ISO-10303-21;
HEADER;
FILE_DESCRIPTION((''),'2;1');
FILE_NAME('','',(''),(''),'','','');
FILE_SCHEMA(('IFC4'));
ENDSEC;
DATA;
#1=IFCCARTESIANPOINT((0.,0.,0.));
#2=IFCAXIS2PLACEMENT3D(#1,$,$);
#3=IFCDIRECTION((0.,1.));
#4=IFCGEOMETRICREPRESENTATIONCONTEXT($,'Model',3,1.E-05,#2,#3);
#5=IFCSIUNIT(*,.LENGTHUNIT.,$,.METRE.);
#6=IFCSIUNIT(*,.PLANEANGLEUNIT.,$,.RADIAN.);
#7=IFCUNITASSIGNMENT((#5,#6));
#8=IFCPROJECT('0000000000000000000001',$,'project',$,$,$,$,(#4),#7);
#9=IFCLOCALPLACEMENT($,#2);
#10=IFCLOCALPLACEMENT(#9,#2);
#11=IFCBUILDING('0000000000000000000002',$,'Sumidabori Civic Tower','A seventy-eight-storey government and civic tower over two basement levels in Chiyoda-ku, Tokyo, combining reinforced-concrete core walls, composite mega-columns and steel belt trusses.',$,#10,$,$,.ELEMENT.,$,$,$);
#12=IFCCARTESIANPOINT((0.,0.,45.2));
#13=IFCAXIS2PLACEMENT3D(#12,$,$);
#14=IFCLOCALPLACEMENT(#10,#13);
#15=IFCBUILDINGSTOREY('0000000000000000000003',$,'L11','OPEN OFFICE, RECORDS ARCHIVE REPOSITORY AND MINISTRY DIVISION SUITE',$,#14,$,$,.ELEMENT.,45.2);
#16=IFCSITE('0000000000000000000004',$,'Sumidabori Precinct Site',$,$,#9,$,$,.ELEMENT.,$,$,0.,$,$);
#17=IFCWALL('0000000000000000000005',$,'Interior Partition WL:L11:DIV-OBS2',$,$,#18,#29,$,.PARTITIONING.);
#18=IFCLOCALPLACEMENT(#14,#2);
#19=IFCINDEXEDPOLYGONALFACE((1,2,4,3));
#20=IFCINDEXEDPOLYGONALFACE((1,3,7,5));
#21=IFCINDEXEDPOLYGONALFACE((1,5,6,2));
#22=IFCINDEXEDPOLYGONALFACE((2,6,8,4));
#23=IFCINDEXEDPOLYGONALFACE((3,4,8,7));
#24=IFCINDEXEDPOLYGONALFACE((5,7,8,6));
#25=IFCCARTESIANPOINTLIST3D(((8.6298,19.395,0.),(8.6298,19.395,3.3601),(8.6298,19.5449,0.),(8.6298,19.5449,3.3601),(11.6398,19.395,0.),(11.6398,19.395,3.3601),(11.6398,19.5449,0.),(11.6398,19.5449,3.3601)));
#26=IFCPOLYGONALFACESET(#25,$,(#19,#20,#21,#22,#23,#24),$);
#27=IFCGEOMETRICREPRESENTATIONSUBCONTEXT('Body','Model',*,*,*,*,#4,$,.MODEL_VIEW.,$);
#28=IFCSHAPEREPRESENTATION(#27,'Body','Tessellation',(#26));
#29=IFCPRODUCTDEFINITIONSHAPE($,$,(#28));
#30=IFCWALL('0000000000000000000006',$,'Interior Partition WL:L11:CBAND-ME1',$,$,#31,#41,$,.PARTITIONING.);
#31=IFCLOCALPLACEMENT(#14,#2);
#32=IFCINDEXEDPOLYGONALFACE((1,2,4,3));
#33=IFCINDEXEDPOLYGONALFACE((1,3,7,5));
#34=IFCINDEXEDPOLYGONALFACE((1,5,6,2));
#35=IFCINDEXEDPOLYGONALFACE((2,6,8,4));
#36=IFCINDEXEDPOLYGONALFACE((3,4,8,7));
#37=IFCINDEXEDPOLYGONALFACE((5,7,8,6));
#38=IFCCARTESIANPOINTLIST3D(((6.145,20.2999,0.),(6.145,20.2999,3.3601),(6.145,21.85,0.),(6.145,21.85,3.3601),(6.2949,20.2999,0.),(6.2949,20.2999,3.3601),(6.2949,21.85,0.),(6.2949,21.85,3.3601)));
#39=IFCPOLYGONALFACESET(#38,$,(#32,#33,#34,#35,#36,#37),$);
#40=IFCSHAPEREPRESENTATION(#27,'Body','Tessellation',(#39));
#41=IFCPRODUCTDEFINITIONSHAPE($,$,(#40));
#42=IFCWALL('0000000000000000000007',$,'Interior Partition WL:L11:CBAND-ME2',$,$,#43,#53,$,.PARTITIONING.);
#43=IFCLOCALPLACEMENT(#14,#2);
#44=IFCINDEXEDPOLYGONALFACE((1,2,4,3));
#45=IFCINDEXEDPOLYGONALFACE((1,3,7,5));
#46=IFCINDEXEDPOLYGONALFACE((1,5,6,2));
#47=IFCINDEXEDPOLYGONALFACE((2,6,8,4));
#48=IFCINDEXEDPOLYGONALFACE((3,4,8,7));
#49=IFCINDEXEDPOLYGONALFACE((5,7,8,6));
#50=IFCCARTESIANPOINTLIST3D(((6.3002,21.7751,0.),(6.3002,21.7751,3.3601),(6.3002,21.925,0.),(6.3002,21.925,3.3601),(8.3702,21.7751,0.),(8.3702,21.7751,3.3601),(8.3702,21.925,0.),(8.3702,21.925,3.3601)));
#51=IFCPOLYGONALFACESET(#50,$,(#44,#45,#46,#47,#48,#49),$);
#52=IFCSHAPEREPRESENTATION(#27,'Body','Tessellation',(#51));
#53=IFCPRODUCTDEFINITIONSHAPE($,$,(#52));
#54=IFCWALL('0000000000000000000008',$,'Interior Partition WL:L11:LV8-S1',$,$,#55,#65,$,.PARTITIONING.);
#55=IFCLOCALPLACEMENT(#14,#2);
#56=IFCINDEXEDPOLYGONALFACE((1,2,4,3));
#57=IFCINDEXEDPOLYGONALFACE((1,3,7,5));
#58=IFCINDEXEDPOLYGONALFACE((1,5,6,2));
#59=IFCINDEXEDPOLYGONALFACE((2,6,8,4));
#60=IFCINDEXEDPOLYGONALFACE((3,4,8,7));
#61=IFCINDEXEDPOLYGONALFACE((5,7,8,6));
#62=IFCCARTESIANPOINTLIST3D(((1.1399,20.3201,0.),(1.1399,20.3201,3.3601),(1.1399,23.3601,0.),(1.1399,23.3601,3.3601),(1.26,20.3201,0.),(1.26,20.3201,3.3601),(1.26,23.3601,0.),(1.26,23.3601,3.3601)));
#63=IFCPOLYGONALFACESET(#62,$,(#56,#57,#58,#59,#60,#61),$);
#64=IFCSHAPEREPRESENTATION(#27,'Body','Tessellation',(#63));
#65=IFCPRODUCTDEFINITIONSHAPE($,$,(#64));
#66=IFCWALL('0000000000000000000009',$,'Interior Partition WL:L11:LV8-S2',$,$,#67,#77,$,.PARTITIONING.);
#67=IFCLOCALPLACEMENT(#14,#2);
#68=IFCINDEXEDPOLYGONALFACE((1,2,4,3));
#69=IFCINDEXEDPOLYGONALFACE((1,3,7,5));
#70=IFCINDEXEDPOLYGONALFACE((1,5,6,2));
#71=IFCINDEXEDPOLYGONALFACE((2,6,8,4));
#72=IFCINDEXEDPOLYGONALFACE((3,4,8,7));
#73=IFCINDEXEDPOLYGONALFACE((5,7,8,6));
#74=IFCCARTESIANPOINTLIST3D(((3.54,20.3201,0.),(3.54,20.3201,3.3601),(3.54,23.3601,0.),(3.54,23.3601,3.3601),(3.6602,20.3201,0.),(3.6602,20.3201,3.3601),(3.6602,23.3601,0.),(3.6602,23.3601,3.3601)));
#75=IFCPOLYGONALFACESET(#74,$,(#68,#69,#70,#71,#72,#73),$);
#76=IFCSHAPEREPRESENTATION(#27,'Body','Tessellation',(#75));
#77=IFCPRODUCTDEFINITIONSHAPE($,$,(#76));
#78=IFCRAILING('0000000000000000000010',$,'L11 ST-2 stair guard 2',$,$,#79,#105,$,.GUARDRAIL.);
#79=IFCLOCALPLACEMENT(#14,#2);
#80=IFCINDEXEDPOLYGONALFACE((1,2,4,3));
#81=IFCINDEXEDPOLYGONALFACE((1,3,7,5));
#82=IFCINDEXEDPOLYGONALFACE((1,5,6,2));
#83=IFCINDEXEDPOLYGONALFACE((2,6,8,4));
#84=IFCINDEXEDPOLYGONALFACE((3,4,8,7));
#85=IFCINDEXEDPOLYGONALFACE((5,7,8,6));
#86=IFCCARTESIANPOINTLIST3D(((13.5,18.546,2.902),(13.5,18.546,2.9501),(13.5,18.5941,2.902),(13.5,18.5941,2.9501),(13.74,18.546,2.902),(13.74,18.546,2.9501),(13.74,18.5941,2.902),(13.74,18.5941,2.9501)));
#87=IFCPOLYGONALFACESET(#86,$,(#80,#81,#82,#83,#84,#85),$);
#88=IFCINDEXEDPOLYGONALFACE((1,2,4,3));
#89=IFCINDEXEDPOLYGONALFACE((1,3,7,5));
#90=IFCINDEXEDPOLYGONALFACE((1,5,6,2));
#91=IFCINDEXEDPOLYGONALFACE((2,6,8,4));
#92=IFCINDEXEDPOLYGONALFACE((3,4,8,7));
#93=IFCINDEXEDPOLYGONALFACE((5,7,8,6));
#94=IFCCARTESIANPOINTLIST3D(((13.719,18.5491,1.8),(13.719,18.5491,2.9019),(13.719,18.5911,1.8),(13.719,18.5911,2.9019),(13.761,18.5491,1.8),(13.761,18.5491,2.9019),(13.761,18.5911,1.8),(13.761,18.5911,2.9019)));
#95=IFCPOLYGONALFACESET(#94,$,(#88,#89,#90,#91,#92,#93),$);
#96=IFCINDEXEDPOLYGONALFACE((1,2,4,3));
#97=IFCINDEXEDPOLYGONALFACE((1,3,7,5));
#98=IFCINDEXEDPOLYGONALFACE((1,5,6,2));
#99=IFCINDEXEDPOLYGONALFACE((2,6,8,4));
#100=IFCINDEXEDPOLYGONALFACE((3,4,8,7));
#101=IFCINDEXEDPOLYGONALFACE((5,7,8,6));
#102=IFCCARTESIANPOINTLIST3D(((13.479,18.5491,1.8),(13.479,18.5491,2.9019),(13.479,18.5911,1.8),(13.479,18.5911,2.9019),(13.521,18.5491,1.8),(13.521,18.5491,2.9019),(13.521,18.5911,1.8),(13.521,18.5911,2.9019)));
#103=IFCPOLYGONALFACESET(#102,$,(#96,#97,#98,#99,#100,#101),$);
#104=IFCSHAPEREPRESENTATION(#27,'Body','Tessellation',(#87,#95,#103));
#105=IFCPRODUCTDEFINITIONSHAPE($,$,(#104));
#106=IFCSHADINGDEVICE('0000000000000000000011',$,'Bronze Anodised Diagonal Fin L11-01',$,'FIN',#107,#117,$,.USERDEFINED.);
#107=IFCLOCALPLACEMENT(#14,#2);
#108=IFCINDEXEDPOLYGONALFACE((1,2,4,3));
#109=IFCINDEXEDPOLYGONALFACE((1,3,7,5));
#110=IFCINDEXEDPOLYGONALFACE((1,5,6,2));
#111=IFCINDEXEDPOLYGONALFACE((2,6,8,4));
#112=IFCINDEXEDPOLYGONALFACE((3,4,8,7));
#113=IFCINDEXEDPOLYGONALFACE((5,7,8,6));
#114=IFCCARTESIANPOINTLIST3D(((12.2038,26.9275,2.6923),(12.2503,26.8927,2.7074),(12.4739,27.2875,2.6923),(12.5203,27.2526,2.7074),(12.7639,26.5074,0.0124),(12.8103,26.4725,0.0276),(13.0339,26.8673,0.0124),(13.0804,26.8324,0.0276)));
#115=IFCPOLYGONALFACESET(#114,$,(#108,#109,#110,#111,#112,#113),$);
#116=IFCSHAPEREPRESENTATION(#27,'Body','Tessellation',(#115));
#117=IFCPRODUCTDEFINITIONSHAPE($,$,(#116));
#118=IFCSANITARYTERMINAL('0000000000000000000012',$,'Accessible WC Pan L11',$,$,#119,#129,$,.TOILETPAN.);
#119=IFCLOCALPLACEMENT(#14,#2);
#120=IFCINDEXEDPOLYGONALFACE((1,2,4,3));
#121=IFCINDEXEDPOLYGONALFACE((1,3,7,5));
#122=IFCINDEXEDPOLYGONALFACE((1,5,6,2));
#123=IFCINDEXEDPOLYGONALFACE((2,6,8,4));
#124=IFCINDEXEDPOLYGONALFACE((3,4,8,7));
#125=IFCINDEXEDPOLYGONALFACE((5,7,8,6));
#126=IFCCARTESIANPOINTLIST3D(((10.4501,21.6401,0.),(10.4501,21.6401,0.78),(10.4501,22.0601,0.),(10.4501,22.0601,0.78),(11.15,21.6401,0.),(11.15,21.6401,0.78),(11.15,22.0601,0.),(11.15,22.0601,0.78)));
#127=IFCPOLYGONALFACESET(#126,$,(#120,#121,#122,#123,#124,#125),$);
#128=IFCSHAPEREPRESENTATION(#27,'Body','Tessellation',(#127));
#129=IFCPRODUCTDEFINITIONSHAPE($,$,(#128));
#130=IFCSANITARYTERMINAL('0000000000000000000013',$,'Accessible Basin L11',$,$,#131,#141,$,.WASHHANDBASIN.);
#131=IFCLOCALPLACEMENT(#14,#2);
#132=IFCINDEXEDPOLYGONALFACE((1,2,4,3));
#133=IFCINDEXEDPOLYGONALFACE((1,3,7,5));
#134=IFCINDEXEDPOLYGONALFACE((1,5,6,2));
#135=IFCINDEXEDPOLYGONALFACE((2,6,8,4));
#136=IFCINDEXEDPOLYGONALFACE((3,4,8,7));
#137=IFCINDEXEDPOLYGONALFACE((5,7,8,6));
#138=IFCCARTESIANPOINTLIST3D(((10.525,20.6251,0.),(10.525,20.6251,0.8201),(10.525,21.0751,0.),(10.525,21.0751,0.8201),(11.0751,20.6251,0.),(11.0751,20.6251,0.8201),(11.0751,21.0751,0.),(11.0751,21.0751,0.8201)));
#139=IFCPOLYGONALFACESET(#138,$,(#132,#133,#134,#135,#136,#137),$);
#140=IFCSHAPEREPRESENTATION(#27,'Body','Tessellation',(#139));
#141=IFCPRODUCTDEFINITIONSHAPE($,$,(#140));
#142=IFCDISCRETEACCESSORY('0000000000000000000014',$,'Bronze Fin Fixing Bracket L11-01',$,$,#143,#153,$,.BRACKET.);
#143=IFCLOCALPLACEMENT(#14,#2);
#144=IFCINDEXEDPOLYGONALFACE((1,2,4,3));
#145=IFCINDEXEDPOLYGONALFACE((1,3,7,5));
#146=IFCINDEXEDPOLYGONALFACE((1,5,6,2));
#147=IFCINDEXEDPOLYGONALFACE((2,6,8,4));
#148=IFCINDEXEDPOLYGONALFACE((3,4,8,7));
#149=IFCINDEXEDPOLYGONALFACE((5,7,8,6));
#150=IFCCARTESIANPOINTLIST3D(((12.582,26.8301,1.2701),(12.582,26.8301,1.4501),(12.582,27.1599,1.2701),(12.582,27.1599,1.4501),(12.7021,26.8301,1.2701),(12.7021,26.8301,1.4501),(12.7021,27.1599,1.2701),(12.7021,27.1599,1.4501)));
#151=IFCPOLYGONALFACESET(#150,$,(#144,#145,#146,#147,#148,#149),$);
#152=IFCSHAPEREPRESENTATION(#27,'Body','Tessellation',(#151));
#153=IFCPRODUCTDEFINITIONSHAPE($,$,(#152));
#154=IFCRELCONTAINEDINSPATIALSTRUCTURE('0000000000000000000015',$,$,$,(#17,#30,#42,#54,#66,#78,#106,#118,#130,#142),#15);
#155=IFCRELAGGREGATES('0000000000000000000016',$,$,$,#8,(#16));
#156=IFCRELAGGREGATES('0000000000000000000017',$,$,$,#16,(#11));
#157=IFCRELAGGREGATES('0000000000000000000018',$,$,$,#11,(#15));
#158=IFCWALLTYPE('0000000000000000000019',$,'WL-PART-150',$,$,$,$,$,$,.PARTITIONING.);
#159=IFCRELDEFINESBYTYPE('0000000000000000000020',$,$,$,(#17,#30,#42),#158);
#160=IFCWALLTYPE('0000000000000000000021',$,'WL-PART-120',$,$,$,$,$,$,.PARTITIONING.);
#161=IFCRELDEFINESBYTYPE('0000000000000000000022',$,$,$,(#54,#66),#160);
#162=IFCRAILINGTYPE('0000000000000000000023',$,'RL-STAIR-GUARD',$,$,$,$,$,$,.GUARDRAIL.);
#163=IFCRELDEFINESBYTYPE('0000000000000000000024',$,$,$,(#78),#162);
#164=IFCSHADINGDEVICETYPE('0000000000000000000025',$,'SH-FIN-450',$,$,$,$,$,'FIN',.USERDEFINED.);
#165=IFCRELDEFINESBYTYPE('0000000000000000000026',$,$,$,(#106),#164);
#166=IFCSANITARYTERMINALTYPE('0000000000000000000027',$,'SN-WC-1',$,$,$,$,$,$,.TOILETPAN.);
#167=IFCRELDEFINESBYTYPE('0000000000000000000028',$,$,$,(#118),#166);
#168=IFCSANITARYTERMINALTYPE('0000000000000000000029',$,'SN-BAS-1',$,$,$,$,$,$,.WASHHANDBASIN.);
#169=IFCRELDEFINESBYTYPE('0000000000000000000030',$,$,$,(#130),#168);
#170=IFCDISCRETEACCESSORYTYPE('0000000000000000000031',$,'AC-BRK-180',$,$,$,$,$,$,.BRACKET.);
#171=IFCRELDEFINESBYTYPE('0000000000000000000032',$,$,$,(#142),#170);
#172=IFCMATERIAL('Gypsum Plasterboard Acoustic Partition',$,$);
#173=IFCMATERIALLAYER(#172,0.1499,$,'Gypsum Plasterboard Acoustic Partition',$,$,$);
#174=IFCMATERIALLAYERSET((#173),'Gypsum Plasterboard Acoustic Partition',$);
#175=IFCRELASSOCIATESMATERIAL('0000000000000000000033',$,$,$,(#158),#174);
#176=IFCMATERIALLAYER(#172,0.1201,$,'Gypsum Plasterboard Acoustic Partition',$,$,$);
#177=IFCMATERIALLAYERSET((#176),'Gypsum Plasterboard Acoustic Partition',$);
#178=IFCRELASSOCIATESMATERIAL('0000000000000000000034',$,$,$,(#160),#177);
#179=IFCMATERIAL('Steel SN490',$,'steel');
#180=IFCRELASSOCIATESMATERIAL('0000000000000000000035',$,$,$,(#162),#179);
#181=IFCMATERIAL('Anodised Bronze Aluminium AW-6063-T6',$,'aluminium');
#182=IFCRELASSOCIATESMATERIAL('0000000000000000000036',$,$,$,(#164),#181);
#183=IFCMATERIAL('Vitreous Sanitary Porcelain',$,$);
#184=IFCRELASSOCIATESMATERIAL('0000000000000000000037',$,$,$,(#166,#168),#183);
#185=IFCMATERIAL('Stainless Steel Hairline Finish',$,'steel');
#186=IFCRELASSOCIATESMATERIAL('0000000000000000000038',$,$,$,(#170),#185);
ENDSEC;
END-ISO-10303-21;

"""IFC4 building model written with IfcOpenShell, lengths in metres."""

from ifc_helpers import new_model, si_unit, direction, frame, frame_2d, origin, origin_2d, place, context, subcontext, project, spatial, rectangle, extrude, source, transform, mapped, material, layer, layer_set, material_profile, profile_set, type_object, element, save


model = new_model("IFC4")

# Units and contexts
model_context = context("Model", 3, precision=1e-05, world=origin(), true_north=direction((0.0, 1.0)))
body_context = subcontext(model_context, "Body", "Model", "MODEL_VIEW")
ifc_project = project(units=[si_unit("LENGTHUNIT", "METRE"), si_unit("PLANEANGLEUNIT", "RADIAN")], contexts=[model_context])

# Site, building, storey
site_placement = place(None, origin())
site = spatial("IfcSite", under=ifc_project, at=site_placement, Name="Sumidabori Precinct Site", CompositionType="ELEMENT", RefElevation=0.0)
building_placement = place(site_placement, origin())
building = spatial("IfcBuilding", under=site, at=building_placement, Name="Sumidabori Civic Tower", Description="A seventy-eight-storey government and civic tower over two basement levels in Chiyoda-ku, Tokyo, combining reinforced-concrete core walls, composite mega-columns and steel belt trusses.", CompositionType="ELEMENT")
storey_placement = place(building_placement, frame((0.0, 0.0, 45.2)))
storey = spatial("IfcBuildingStorey", under=building, at=storey_placement, Name="L11", Description="OPEN OFFICE, RECORDS ARCHIVE REPOSITORY AND MINISTRY DIVISION SUITE", CompositionType="ELEMENT", Elevation=45.2)

# Shared definitions
ifc_material_1 = material(Name="Steel SN490", Category="steel")

# Shared definitions
ifc_material_2 = material(Name="Anodised Bronze Aluminium AW-6063-T6", Category="aluminium")

# Walls
ifc_material_3 = material(Name="Gypsum Plasterboard Acoustic Partition")
ifc_layer_1 = layer(ifc_material_3, 0.1499, Name="Gypsum Plasterboard Acoustic Partition")
ifc_layer_set_1 = layer_set([ifc_layer_1], Name="Gypsum Plasterboard Acoustic Partition")
wall_type_1 = type_object("IfcWallType", Name="WL-PART-150", PredefinedType="PARTITIONING", material=ifc_layer_set_1)
shared_shape_1 = source(origin(), body_context, "Body", "SweptSolid", [
    extrude(rectangle(XDim=3.01, YDim=0.1499, at=frame_2d((1.5049, 0.0))), origin(), (0.0, 0.0, 1.0), 3.3601),
])
wall_1_placement = place(storey_placement, frame((8.6299, 19.47, 0.0), z_axis=(0.0, 0.0, 1.0), x_axis=(1.0, 0.0, 0.0)))
element("IfcWall", 1, at=wall_1_placement, inside=storey, type_object=wall_type_1, Name="Interior Partition WL:L11:DIV-OBS2", PredefinedType="PARTITIONING", context=body_context, shape_type="MappedRepresentation", body=[
    mapped(shared_shape_1, transform((0.0, 0.0, 0.0), x_axis=(1.0, 0.0, 0.0), y_axis=(0.0, 1.0, 0.0), z_axis=(0.0, 0.0, 1.0), scale=1.0)),
])
shared_shape_2 = source(origin(), body_context, "Body", "SweptSolid", [
    extrude(rectangle(XDim=1.55, YDim=0.1499, at=frame_2d((0.7749, 0.0))), origin(), (0.0, 0.0, 1.0), 3.3601),
])
wall_2_placement = place(storey_placement, frame((6.22, 20.3, 0.0), z_axis=(0.0, 0.0, 1.0), x_axis=(0.0, 1.0, 0.0)))
element("IfcWall", 2, at=wall_2_placement, inside=storey, type_object=wall_type_1, Name="Interior Partition WL:L11:CBAND-ME1", PredefinedType="PARTITIONING", context=body_context, shape_type="MappedRepresentation", body=[
    mapped(shared_shape_2, transform((0.0, 0.0, 0.0), x_axis=(1.0, 0.0, 0.0), y_axis=(0.0, 1.0, 0.0), z_axis=(0.0, 0.0, 1.0), scale=1.0)),
])
shared_shape_3 = source(origin(), body_context, "Body", "SweptSolid", [
    extrude(rectangle(XDim=2.0701, YDim=0.1499, at=frame_2d((1.0352, 0.0))), origin(), (0.0, 0.0, 1.0), 3.3601),
])
wall_3_placement = place(storey_placement, frame((6.3, 21.8501, 0.0), z_axis=(0.0, 0.0, 1.0), x_axis=(1.0, 0.0, 0.0)))
element("IfcWall", 3, at=wall_3_placement, inside=storey, type_object=wall_type_1, Name="Interior Partition WL:L11:CBAND-ME2", PredefinedType="PARTITIONING", context=body_context, shape_type="MappedRepresentation", body=[
    mapped(shared_shape_3, transform((0.0, 0.0, 0.0), x_axis=(1.0, 0.0, 0.0), y_axis=(0.0, 1.0, 0.0), z_axis=(0.0, 0.0, 1.0), scale=1.0)),
])
ifc_layer_2 = layer(ifc_material_3, 0.1201, Name="Gypsum Plasterboard Acoustic Partition")
ifc_layer_set_2 = layer_set([ifc_layer_2], Name="Gypsum Plasterboard Acoustic Partition")
wall_type_2 = type_object("IfcWallType", Name="WL-PART-120", PredefinedType="PARTITIONING", material=ifc_layer_set_2)
shared_shape_4 = source(origin(), body_context, "Body", "SweptSolid", [
    extrude(rectangle(XDim=3.04, YDim=0.1201, at=frame_2d((1.52, 0.0))), origin(), (0.0, 0.0, 1.0), 3.3601),
])
for number, where, z_axis, x_axis, name in (
    (4, (1.2, 20.3201, 0.0), (0.0, 0.0, 1.0), (0.0, 1.0, 0.0), "Interior Partition WL:L11:LV8-S1"),
    (5, (3.6001, 20.3201, 0.0), (0.0, 0.0, 1.0), (0.0, 1.0, 0.0), "Interior Partition WL:L11:LV8-S2"),
):
    element("IfcWall", number, at=place(storey_placement, frame(where, z_axis=z_axis, x_axis=x_axis)), inside=storey, type_object=wall_type_2, Name=name, PredefinedType="PARTITIONING", context=body_context, shape_type="MappedRepresentation", body=[
        mapped(shared_shape_4, transform((0.0, 0.0, 0.0), x_axis=(1.0, 0.0, 0.0), y_axis=(0.0, 1.0, 0.0), z_axis=(0.0, 0.0, 1.0), scale=1.0)),
    ])

# Railing
railing_type = type_object("IfcRailingType", Name="RL-STAIR-GUARD", PredefinedType="GUARDRAIL", material=ifc_material_1)
railing_placement = place(storey_placement, frame((13.74, 18.5701, 1.8)))
element("IfcRailing", 6, at=railing_placement, inside=storey, type_object=railing_type, Name="L11 ST-2 stair guard 2", PredefinedType="GUARDRAIL", context=body_context, shape_type="SweptSolid", body=[
    extrude(rectangle(XDim=0.0481, YDim=0.0481, at=origin_2d()), frame((0.0, 0.0, 1.126), z_axis=(-1.0, 0.0, 0.0), x_axis=(0.0, -1.0, 0.0)), (0.0, 0.0, 1.0), 0.24),
    extrude(rectangle(XDim=0.042, YDim=0.042, at=origin_2d()), origin(), (0.0, 0.0, 1.0), 1.1018),
    extrude(rectangle(XDim=0.042, YDim=0.042, at=origin_2d()), frame((-0.24, 0.0, 0.0)), (0.0, 0.0, 1.0), 1.1018),
])

# Shading device
ifc_material_profile_1 = material_profile(ifc_material_2, rectangle(XDim=0.0601, YDim=0.45, at=origin_2d()), Name="BRONZE FIN 450x60")
ifc_profile_set_1 = profile_set([ifc_material_profile_1], Name="Anodised Bronze Aluminium AW-6063-T6")
shading_device_type = type_object("IfcShadingDeviceType", Name="SH-FIN-450", ElementType="FIN", PredefinedType="USERDEFINED", material=ifc_profile_set_1)
shared_shape_5 = source(origin(), body_context, "Body", "SweptSolid", [
    extrude(rectangle(XDim=0.0601, YDim=0.45, at=origin_2d()), origin(), (0.0, 0.0, 1.0), 2.7698),
])
shading_device_placement = place(storey_placement, frame((12.9221, 26.6699, 0.02), z_axis=(-0.202196, 0.151691, 0.967526), x_axis=(0.77394, -0.580624, 0.252771)))
element("IfcShadingDevice", 7, at=shading_device_placement, inside=storey, type_object=shading_device_type, Name="Bronze Anodised Diagonal Fin L11-01", ObjectType="FIN", PredefinedType="USERDEFINED", context=body_context, shape_type="MappedRepresentation", body=[
    mapped(shared_shape_5, transform((0.0, 0.0, 0.0), x_axis=(1.0, 0.0, 0.0), y_axis=(0.0, 1.0, 0.0), z_axis=(0.0, 0.0, 1.0), scale=1.0)),
])

# Sanitary terminals
ifc_material_4 = material(Name="Vitreous Sanitary Porcelain")
sanitary_terminal_type_1 = type_object("IfcSanitaryTerminalType", Name="SN-WC-1", PredefinedType="TOILETPAN", material=ifc_material_4)
shared_shape_6 = source(origin(), body_context, "Body", "SweptSolid", [
    extrude(rectangle(XDim=0.7, YDim=0.4199, at=origin_2d()), origin(), (0.0, 0.0, 1.0), 0.78),
])
sanitary_terminal_1_placement = place(storey_placement, frame((10.8, 21.8501, 0.0), z_axis=(0.0, 0.0, 1.0), x_axis=(1.0, 0.0, 0.0)))
element("IfcSanitaryTerminal", 8, at=sanitary_terminal_1_placement, inside=storey, type_object=sanitary_terminal_type_1, Name="Accessible WC Pan L11", PredefinedType="TOILETPAN", context=body_context, shape_type="MappedRepresentation", body=[
    mapped(shared_shape_6, transform((0.0, 0.0, 0.0), x_axis=(1.0, 0.0, 0.0), y_axis=(0.0, 1.0, 0.0), z_axis=(0.0, 0.0, 1.0), scale=1.0)),
])
sanitary_terminal_type_2 = type_object("IfcSanitaryTerminalType", Name="SN-BAS-1", PredefinedType="WASHHANDBASIN", material=ifc_material_4)
shared_shape_7 = source(origin(), body_context, "Body", "SweptSolid", [
    extrude(rectangle(XDim=0.55, YDim=0.45, at=origin_2d()), origin(), (0.0, 0.0, 1.0), 0.8201),
])
sanitary_terminal_2_placement = place(storey_placement, frame((10.8, 20.8501, 0.0), z_axis=(0.0, 0.0, 1.0), x_axis=(1.0, 0.0, 0.0)))
element("IfcSanitaryTerminal", 9, at=sanitary_terminal_2_placement, inside=storey, type_object=sanitary_terminal_type_2, Name="Accessible Basin L11", PredefinedType="WASHHANDBASIN", context=body_context, shape_type="MappedRepresentation", body=[
    mapped(shared_shape_7, transform((0.0, 0.0, 0.0), x_axis=(1.0, 0.0, 0.0), y_axis=(0.0, 1.0, 0.0), z_axis=(0.0, 0.0, 1.0), scale=1.0)),
])

# Discrete accessory
ifc_material_5 = material(Name="Stainless Steel Hairline Finish", Category="steel")
ifc_material_profile_2 = material_profile(ifc_material_5, rectangle(XDim=0.1201, YDim=0.1799, at=origin_2d()), Name="STEEL BRACKET 180x120")
ifc_profile_set_2 = profile_set([ifc_material_profile_2], Name="Stainless Steel Hairline Finish")
discrete_accessory_type = type_object("IfcDiscreteAccessoryType", Name="AC-BRK-180", PredefinedType="BRACKET", material=ifc_profile_set_2)
shared_shape_8 = source(origin(), body_context, "Body", "SweptSolid", [
    extrude(rectangle(XDim=0.1201, YDim=0.1799, at=origin_2d()), origin(), (0.0, 0.0, 1.0), 0.3298),
])
discrete_accessory_placement = place(storey_placement, frame((12.6421, 26.8301, 1.3601), z_axis=(0.0, 1.0, 0.0), x_axis=(-1.0, 0.0, 0.0)))
element("IfcDiscreteAccessory", 10, at=discrete_accessory_placement, inside=storey, type_object=discrete_accessory_type, Name="Bronze Fin Fixing Bracket L11-01", PredefinedType="BRACKET", context=body_context, shape_type="MappedRepresentation", body=[
    mapped(shared_shape_8, transform((0.0, 0.0, 0.0), x_axis=(1.0, 0.0, 0.0), y_axis=(0.0, 1.0, 0.0), z_axis=(0.0, 0.0, 1.0), scale=1.0)),
])

save(model, "model.ifc")
